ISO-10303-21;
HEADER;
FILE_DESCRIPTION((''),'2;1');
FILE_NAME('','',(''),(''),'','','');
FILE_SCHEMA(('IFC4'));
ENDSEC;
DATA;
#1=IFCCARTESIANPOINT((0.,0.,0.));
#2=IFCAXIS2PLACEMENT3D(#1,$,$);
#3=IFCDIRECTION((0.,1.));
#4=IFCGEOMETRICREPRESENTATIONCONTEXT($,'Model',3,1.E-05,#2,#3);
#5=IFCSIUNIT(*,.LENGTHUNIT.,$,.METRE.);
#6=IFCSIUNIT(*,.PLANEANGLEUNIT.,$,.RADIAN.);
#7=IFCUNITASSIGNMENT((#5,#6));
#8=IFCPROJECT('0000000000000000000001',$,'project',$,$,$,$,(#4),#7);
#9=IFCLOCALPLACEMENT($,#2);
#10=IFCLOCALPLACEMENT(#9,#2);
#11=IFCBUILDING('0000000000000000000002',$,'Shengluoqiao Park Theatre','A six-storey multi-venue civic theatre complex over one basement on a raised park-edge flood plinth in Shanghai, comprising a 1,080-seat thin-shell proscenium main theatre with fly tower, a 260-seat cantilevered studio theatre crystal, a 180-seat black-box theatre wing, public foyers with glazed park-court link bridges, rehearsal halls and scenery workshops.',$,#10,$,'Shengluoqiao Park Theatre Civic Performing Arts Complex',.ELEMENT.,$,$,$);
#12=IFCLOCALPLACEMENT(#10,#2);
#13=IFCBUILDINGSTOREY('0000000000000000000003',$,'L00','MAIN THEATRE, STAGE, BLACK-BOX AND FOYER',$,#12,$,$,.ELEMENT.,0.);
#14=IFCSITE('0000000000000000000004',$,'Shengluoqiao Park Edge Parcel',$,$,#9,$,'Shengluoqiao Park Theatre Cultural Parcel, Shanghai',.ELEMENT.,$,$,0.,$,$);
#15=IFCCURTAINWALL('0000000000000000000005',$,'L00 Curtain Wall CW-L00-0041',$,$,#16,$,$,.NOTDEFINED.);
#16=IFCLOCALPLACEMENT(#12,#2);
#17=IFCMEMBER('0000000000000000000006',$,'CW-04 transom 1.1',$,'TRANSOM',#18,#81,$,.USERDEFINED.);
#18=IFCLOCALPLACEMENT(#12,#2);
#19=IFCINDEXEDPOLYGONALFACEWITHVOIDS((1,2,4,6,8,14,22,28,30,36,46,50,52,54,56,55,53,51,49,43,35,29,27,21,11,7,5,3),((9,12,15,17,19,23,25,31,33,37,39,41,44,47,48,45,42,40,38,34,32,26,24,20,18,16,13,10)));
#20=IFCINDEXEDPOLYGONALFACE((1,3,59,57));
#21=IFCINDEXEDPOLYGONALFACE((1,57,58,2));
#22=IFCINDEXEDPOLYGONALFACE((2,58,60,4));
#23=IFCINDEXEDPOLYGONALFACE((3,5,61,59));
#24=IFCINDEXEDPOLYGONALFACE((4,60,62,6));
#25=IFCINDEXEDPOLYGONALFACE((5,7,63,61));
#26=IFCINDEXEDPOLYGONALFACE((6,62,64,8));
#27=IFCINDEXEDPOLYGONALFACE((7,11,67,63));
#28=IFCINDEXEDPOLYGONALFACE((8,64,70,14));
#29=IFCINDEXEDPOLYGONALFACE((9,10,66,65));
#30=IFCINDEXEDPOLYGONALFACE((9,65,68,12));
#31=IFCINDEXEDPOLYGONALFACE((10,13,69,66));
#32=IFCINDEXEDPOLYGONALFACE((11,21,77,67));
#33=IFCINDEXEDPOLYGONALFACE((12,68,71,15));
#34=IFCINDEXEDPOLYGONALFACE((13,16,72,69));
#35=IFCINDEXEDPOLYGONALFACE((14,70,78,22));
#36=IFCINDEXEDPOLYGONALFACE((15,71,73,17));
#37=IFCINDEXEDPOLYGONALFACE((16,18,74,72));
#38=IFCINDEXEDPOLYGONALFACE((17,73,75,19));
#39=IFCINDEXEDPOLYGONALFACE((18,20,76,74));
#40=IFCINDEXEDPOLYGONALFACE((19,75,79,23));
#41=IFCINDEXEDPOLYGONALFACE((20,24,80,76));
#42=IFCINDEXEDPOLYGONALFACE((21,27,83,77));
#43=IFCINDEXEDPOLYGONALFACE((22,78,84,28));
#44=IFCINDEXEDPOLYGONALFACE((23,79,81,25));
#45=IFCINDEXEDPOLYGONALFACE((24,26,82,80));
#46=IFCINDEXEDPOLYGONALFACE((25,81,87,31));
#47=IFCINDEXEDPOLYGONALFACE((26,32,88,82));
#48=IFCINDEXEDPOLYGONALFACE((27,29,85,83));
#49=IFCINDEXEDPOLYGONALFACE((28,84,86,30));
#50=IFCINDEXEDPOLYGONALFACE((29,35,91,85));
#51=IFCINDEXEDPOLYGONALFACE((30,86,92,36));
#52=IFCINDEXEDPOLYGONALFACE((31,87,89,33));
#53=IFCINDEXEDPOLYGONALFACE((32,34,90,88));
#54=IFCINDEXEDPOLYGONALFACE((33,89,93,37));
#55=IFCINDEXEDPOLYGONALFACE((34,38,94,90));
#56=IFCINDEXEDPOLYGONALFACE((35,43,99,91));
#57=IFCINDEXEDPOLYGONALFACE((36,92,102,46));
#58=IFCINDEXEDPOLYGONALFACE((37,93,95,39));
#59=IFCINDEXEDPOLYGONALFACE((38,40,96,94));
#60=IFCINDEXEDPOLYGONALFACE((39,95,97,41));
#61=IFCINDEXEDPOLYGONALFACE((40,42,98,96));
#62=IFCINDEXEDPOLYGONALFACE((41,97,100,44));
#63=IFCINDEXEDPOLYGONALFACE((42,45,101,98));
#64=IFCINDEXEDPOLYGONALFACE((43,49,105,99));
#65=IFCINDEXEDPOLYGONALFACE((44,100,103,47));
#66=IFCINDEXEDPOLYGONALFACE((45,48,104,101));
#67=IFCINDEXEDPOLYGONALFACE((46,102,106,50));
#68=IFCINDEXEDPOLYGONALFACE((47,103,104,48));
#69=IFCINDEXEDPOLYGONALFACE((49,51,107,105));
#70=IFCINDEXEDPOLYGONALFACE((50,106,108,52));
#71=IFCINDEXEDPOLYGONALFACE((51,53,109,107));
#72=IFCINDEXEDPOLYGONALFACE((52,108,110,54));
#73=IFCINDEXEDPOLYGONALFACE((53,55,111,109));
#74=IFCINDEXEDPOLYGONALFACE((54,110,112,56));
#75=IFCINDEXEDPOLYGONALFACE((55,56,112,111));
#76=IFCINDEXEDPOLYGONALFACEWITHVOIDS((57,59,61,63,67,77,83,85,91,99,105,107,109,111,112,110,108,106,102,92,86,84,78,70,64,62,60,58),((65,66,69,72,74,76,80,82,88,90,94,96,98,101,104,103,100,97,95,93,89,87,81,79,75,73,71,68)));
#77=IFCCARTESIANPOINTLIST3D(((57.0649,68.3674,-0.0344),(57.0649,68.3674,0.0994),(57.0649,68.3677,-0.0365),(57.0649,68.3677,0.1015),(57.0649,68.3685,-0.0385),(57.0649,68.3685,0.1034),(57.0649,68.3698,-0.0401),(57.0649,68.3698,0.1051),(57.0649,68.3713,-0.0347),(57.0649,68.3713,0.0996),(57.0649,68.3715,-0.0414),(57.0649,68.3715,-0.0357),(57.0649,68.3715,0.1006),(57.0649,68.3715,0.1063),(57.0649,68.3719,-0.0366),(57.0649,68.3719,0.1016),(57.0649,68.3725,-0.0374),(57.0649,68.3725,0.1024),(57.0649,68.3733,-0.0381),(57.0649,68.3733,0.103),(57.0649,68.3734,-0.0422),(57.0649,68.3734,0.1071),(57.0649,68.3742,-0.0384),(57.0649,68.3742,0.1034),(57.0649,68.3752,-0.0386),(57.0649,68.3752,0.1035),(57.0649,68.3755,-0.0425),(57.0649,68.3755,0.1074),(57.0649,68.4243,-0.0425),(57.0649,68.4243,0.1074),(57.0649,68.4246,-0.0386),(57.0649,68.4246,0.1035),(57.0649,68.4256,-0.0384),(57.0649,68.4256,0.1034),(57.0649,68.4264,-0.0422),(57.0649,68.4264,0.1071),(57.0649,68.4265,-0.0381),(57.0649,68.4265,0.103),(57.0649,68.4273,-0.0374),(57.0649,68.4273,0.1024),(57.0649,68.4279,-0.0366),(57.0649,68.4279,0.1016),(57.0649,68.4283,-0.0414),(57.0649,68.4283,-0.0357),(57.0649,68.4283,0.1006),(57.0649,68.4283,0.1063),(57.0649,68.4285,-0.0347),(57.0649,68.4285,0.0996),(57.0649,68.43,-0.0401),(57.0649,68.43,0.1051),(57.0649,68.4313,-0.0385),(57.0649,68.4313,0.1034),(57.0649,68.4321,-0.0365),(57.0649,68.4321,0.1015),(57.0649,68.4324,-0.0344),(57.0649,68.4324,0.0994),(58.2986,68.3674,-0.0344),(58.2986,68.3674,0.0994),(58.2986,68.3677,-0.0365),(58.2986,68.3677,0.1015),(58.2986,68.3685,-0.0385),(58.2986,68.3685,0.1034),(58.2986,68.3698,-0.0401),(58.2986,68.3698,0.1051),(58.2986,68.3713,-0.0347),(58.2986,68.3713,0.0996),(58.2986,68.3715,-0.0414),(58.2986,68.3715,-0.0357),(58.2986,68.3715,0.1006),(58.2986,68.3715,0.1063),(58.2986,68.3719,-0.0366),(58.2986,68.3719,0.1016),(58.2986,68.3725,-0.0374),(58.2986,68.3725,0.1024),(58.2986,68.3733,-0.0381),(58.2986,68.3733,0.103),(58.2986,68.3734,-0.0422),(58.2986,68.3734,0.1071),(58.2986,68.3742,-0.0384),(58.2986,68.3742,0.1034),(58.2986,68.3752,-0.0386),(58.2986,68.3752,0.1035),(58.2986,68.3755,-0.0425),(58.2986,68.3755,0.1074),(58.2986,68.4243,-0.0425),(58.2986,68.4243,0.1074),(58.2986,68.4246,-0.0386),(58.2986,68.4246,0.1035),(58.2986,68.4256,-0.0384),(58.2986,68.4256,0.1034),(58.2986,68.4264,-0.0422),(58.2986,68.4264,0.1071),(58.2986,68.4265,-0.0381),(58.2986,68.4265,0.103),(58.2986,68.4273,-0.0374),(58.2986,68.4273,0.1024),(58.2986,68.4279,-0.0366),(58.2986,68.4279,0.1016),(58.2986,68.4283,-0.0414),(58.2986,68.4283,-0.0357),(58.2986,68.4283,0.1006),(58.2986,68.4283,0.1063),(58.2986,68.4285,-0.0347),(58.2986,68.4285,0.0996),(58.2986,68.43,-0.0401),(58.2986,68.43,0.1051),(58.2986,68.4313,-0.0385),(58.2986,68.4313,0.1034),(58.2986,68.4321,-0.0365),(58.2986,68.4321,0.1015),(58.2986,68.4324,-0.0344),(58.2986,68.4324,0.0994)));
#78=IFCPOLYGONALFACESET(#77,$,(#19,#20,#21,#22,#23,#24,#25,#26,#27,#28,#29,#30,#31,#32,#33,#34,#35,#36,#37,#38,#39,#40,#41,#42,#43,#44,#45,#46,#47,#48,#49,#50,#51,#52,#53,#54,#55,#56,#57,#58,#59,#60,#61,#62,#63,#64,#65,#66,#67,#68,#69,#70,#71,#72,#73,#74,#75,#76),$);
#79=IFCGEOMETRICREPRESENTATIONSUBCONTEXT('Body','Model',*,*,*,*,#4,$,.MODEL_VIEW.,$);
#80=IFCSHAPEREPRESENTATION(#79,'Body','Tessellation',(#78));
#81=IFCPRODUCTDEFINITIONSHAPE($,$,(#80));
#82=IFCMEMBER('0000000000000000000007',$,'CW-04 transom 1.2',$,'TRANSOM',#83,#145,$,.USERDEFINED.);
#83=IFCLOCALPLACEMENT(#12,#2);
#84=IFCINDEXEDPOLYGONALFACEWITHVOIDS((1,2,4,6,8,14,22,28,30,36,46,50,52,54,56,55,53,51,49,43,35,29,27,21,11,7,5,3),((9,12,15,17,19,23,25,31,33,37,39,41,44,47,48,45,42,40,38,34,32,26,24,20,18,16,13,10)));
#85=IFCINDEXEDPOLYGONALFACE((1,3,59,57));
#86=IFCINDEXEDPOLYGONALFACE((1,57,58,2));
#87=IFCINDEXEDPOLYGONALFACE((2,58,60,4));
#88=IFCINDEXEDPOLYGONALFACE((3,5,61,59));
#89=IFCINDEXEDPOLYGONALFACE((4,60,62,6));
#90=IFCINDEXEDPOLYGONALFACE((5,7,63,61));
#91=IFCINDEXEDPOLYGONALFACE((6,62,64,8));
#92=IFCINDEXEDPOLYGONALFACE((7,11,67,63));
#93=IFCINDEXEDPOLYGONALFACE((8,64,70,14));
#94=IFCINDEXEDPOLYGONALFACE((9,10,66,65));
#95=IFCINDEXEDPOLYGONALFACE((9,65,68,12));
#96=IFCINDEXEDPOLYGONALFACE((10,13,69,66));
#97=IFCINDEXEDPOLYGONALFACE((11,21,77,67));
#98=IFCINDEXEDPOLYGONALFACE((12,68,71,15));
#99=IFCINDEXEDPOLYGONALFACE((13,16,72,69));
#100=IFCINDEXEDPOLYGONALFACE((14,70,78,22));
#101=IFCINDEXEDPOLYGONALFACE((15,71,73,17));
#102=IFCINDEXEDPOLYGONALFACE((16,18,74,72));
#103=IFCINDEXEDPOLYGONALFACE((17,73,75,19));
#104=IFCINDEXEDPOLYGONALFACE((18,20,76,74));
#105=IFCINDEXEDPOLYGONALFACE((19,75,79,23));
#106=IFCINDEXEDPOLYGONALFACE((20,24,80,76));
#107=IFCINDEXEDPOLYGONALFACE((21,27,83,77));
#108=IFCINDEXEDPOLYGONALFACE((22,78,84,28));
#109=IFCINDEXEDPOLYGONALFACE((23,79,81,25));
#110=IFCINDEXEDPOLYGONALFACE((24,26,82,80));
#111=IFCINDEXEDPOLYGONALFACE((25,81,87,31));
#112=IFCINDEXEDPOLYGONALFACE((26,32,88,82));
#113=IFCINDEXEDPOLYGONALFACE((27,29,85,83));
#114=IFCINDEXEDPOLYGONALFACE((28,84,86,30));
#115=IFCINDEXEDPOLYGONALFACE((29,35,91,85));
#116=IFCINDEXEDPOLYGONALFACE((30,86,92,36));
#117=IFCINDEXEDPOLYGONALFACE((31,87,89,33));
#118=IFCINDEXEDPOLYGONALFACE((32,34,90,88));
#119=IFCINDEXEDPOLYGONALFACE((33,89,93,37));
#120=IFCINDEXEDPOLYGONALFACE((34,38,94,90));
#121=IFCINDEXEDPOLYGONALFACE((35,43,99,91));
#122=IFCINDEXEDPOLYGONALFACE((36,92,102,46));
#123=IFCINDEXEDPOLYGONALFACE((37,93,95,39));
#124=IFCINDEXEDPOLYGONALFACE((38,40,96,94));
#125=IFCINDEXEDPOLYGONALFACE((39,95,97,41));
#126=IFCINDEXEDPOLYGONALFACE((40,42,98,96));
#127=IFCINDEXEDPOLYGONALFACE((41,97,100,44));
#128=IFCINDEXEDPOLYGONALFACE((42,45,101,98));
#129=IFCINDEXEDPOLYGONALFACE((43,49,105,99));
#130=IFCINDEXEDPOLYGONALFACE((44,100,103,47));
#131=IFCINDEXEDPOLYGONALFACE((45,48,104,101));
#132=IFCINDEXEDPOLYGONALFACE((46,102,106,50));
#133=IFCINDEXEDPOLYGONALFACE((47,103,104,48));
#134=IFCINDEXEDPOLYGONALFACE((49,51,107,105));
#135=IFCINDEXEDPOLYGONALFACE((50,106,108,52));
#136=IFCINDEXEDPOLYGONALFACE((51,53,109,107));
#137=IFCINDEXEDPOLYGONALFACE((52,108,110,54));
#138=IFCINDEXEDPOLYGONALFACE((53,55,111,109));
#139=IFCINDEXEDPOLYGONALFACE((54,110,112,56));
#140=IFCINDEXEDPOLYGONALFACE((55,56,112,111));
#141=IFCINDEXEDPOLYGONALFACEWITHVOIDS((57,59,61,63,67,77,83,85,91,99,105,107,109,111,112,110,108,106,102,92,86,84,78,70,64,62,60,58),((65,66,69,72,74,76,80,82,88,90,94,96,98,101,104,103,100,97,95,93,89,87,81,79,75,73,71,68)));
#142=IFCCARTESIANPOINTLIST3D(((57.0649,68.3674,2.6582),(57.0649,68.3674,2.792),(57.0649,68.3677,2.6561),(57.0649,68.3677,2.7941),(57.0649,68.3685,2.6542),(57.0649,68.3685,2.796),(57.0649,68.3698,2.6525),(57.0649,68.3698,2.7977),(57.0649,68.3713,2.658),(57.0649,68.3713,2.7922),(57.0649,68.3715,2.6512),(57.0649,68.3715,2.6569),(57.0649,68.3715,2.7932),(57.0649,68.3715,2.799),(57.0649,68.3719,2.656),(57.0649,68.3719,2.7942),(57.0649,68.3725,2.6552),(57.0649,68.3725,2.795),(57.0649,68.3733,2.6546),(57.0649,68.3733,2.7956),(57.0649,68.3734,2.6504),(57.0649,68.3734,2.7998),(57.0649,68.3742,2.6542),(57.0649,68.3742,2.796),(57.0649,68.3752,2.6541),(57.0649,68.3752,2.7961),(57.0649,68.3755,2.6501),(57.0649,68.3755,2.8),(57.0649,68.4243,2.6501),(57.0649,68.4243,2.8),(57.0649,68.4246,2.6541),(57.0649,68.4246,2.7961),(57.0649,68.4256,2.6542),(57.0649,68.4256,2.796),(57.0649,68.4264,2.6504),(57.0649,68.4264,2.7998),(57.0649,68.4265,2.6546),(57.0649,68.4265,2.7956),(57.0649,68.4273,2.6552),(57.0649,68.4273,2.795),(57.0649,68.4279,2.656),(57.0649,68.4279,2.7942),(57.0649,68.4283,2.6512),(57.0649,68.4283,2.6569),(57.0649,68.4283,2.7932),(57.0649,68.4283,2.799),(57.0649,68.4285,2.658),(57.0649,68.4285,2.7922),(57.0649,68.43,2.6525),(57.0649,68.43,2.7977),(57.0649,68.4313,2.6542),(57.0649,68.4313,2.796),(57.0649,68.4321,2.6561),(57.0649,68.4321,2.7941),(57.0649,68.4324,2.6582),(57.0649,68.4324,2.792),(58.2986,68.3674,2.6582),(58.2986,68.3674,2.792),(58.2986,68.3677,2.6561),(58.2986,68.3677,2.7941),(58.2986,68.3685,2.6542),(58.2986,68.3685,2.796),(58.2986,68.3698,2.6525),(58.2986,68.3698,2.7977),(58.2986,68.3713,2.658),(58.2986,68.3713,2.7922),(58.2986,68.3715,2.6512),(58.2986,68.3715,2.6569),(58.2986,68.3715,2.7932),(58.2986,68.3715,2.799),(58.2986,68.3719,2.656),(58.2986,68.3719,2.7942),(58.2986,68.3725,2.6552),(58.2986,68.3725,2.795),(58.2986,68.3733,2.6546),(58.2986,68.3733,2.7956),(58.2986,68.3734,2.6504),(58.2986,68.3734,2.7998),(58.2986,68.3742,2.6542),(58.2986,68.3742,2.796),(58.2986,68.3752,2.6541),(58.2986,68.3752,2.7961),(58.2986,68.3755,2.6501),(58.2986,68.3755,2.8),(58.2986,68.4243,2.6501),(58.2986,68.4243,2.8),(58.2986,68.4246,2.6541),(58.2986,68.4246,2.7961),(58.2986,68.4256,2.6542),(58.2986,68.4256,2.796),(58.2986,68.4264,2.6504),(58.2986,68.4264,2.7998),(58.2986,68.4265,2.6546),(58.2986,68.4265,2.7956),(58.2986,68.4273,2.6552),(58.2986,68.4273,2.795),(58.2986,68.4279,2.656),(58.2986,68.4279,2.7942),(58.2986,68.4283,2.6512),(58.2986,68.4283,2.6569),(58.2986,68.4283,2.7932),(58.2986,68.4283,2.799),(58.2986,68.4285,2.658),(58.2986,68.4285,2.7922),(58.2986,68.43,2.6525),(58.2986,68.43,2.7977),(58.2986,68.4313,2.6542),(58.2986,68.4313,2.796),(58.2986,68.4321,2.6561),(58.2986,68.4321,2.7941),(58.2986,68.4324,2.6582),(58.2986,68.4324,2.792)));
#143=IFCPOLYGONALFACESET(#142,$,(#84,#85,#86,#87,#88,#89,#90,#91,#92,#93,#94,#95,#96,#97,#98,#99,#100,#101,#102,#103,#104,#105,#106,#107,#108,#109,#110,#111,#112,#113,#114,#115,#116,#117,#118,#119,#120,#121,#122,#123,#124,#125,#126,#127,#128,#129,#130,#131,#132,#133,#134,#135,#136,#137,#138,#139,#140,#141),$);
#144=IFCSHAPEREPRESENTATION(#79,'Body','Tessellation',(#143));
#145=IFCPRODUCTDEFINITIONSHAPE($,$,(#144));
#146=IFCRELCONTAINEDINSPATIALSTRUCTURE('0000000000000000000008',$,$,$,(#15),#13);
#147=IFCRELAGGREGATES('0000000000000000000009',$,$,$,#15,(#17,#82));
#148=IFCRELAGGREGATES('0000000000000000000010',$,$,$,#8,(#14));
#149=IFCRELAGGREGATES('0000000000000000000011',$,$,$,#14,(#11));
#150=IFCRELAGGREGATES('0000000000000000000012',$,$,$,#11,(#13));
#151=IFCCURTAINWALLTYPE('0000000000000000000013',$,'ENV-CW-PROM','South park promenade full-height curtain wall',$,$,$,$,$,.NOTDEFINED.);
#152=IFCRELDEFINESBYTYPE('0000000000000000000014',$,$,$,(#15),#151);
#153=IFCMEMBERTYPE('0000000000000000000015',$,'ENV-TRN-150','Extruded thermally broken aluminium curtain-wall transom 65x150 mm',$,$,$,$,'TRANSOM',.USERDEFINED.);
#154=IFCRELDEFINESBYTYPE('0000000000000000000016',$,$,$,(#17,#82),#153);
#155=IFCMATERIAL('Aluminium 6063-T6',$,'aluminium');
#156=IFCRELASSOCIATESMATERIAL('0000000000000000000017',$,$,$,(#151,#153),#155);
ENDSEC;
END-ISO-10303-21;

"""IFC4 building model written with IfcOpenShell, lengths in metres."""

from ifc_helpers import new_model, si_unit, direction, frame, origin, origin_2d, place, context, subcontext, project, spatial, hollow_rectangle, extrude, material, material_profile, profile_set, type_object, element, aggregate, save


model = new_model("IFC4")

# Units and contexts
model_context = context("Model", 3, precision=1e-05, world=origin(), true_north=direction((0.0, 1.0)))
body_context = subcontext(model_context, "Body", "Model", "MODEL_VIEW")
ifc_project = project(units=[si_unit("LENGTHUNIT", "METRE"), si_unit("PLANEANGLEUNIT", "RADIAN")], contexts=[model_context])

# Site, building, storey
site_placement = place(None, origin())
site = spatial("IfcSite", under=ifc_project, at=site_placement, Name="Shengluoqiao Park Edge Parcel", LongName="Shengluoqiao Park Theatre Cultural Parcel, Shanghai", CompositionType="ELEMENT", RefElevation=0.0)
building_placement = place(site_placement, origin())
building = spatial("IfcBuilding", under=site, at=building_placement, Name="Shengluoqiao Park Theatre", Description="A six-storey multi-venue civic theatre complex over one basement on a raised park-edge flood plinth in Shanghai, comprising a 1,080-seat thin-shell proscenium main theatre with fly tower, a 260-seat cantilevered studio theatre crystal, a 180-seat black-box theatre wing, public foyers with glazed park-court link bridges, rehearsal halls and scenery workshops.", LongName="Shengluoqiao Park Theatre Civic Performing Arts Complex", CompositionType="ELEMENT")
storey_placement = place(building_placement, origin())
storey = spatial("IfcBuildingStorey", under=building, at=storey_placement, Name="L00", Description="MAIN THEATRE, STAGE, BLACK-BOX AND FOYER", CompositionType="ELEMENT", Elevation=0.0)

# Curtain wall
ifc_material_1 = material(Name="Aluminium 6063-T6", Category="aluminium")
curtain_wall_type = type_object("IfcCurtainWallType", Name="ENV-CW-PROM", Description="South park promenade full-height curtain wall", PredefinedType="NOTDEFINED", material=ifc_material_1)
curtain_wall_1_placement = place(storey_placement, origin())
curtain_wall_1 = element("IfcCurtainWall", 1, at=curtain_wall_1_placement, inside=storey, type_object=curtain_wall_type, Name="L00 Curtain Wall CW-L00-0041", PredefinedType="NOTDEFINED")

# Members
ifc_material_profile_1 = material_profile(ifc_material_1, hollow_rectangle(XDim=0.0649, YDim=0.1499, WallThickness=0.0039, InnerFilletRadius=0.0039, OuterFilletRadius=0.0081, at=origin_2d()), Name="ALU TRANSOM 150x65x4")
ifc_profile_set_1 = profile_set([ifc_material_profile_1], Name="Aluminium 6063-T6")
member_type_1 = type_object("IfcMemberType", Name="ENV-TRN-150", Description="Extruded thermally broken aluminium curtain-wall transom 65x150 mm", ElementType="TRANSOM", PredefinedType="USERDEFINED", material=ifc_profile_set_1)
member_1_placement = place(storey_placement, frame((57.0649, 68.3999, 0.0325), z_axis=(1.0, 0.0, 0.0), x_axis=(0.0, 1.0, 0.0)))
member_1 = element("IfcMember", 2, at=member_1_placement, type_object=member_type_1, Name="CW-04 transom 1.1", ObjectType="TRANSOM", PredefinedType="USERDEFINED", context=body_context, shape_type="SweptSolid", body=[
    extrude(hollow_rectangle(XDim=0.0649, YDim=0.1499, WallThickness=0.0039, InnerFilletRadius=0.0039, OuterFilletRadius=0.0081, at=origin_2d()), origin(), (0.0, 0.0, 1.0), 1.2336),
])
member_2_placement = place(storey_placement, frame((57.0649, 68.3999, 2.7251), z_axis=(1.0, 0.0, 0.0), x_axis=(0.0, 1.0, 0.0)))
member_2 = element("IfcMember", 3, at=member_2_placement, type_object=member_type_1, Name="CW-04 transom 1.2", ObjectType="TRANSOM", PredefinedType="USERDEFINED", context=body_context, shape_type="SweptSolid", body=[
    extrude(hollow_rectangle(XDim=0.0649, YDim=0.1499, WallThickness=0.0039, InnerFilletRadius=0.0039, OuterFilletRadius=0.0081, at=origin_2d()), origin(), (0.0, 0.0, 1.0), 1.2336),
])

aggregate(curtain_wall_1, [member_1, member_2])

save(model, "model.ifc")
